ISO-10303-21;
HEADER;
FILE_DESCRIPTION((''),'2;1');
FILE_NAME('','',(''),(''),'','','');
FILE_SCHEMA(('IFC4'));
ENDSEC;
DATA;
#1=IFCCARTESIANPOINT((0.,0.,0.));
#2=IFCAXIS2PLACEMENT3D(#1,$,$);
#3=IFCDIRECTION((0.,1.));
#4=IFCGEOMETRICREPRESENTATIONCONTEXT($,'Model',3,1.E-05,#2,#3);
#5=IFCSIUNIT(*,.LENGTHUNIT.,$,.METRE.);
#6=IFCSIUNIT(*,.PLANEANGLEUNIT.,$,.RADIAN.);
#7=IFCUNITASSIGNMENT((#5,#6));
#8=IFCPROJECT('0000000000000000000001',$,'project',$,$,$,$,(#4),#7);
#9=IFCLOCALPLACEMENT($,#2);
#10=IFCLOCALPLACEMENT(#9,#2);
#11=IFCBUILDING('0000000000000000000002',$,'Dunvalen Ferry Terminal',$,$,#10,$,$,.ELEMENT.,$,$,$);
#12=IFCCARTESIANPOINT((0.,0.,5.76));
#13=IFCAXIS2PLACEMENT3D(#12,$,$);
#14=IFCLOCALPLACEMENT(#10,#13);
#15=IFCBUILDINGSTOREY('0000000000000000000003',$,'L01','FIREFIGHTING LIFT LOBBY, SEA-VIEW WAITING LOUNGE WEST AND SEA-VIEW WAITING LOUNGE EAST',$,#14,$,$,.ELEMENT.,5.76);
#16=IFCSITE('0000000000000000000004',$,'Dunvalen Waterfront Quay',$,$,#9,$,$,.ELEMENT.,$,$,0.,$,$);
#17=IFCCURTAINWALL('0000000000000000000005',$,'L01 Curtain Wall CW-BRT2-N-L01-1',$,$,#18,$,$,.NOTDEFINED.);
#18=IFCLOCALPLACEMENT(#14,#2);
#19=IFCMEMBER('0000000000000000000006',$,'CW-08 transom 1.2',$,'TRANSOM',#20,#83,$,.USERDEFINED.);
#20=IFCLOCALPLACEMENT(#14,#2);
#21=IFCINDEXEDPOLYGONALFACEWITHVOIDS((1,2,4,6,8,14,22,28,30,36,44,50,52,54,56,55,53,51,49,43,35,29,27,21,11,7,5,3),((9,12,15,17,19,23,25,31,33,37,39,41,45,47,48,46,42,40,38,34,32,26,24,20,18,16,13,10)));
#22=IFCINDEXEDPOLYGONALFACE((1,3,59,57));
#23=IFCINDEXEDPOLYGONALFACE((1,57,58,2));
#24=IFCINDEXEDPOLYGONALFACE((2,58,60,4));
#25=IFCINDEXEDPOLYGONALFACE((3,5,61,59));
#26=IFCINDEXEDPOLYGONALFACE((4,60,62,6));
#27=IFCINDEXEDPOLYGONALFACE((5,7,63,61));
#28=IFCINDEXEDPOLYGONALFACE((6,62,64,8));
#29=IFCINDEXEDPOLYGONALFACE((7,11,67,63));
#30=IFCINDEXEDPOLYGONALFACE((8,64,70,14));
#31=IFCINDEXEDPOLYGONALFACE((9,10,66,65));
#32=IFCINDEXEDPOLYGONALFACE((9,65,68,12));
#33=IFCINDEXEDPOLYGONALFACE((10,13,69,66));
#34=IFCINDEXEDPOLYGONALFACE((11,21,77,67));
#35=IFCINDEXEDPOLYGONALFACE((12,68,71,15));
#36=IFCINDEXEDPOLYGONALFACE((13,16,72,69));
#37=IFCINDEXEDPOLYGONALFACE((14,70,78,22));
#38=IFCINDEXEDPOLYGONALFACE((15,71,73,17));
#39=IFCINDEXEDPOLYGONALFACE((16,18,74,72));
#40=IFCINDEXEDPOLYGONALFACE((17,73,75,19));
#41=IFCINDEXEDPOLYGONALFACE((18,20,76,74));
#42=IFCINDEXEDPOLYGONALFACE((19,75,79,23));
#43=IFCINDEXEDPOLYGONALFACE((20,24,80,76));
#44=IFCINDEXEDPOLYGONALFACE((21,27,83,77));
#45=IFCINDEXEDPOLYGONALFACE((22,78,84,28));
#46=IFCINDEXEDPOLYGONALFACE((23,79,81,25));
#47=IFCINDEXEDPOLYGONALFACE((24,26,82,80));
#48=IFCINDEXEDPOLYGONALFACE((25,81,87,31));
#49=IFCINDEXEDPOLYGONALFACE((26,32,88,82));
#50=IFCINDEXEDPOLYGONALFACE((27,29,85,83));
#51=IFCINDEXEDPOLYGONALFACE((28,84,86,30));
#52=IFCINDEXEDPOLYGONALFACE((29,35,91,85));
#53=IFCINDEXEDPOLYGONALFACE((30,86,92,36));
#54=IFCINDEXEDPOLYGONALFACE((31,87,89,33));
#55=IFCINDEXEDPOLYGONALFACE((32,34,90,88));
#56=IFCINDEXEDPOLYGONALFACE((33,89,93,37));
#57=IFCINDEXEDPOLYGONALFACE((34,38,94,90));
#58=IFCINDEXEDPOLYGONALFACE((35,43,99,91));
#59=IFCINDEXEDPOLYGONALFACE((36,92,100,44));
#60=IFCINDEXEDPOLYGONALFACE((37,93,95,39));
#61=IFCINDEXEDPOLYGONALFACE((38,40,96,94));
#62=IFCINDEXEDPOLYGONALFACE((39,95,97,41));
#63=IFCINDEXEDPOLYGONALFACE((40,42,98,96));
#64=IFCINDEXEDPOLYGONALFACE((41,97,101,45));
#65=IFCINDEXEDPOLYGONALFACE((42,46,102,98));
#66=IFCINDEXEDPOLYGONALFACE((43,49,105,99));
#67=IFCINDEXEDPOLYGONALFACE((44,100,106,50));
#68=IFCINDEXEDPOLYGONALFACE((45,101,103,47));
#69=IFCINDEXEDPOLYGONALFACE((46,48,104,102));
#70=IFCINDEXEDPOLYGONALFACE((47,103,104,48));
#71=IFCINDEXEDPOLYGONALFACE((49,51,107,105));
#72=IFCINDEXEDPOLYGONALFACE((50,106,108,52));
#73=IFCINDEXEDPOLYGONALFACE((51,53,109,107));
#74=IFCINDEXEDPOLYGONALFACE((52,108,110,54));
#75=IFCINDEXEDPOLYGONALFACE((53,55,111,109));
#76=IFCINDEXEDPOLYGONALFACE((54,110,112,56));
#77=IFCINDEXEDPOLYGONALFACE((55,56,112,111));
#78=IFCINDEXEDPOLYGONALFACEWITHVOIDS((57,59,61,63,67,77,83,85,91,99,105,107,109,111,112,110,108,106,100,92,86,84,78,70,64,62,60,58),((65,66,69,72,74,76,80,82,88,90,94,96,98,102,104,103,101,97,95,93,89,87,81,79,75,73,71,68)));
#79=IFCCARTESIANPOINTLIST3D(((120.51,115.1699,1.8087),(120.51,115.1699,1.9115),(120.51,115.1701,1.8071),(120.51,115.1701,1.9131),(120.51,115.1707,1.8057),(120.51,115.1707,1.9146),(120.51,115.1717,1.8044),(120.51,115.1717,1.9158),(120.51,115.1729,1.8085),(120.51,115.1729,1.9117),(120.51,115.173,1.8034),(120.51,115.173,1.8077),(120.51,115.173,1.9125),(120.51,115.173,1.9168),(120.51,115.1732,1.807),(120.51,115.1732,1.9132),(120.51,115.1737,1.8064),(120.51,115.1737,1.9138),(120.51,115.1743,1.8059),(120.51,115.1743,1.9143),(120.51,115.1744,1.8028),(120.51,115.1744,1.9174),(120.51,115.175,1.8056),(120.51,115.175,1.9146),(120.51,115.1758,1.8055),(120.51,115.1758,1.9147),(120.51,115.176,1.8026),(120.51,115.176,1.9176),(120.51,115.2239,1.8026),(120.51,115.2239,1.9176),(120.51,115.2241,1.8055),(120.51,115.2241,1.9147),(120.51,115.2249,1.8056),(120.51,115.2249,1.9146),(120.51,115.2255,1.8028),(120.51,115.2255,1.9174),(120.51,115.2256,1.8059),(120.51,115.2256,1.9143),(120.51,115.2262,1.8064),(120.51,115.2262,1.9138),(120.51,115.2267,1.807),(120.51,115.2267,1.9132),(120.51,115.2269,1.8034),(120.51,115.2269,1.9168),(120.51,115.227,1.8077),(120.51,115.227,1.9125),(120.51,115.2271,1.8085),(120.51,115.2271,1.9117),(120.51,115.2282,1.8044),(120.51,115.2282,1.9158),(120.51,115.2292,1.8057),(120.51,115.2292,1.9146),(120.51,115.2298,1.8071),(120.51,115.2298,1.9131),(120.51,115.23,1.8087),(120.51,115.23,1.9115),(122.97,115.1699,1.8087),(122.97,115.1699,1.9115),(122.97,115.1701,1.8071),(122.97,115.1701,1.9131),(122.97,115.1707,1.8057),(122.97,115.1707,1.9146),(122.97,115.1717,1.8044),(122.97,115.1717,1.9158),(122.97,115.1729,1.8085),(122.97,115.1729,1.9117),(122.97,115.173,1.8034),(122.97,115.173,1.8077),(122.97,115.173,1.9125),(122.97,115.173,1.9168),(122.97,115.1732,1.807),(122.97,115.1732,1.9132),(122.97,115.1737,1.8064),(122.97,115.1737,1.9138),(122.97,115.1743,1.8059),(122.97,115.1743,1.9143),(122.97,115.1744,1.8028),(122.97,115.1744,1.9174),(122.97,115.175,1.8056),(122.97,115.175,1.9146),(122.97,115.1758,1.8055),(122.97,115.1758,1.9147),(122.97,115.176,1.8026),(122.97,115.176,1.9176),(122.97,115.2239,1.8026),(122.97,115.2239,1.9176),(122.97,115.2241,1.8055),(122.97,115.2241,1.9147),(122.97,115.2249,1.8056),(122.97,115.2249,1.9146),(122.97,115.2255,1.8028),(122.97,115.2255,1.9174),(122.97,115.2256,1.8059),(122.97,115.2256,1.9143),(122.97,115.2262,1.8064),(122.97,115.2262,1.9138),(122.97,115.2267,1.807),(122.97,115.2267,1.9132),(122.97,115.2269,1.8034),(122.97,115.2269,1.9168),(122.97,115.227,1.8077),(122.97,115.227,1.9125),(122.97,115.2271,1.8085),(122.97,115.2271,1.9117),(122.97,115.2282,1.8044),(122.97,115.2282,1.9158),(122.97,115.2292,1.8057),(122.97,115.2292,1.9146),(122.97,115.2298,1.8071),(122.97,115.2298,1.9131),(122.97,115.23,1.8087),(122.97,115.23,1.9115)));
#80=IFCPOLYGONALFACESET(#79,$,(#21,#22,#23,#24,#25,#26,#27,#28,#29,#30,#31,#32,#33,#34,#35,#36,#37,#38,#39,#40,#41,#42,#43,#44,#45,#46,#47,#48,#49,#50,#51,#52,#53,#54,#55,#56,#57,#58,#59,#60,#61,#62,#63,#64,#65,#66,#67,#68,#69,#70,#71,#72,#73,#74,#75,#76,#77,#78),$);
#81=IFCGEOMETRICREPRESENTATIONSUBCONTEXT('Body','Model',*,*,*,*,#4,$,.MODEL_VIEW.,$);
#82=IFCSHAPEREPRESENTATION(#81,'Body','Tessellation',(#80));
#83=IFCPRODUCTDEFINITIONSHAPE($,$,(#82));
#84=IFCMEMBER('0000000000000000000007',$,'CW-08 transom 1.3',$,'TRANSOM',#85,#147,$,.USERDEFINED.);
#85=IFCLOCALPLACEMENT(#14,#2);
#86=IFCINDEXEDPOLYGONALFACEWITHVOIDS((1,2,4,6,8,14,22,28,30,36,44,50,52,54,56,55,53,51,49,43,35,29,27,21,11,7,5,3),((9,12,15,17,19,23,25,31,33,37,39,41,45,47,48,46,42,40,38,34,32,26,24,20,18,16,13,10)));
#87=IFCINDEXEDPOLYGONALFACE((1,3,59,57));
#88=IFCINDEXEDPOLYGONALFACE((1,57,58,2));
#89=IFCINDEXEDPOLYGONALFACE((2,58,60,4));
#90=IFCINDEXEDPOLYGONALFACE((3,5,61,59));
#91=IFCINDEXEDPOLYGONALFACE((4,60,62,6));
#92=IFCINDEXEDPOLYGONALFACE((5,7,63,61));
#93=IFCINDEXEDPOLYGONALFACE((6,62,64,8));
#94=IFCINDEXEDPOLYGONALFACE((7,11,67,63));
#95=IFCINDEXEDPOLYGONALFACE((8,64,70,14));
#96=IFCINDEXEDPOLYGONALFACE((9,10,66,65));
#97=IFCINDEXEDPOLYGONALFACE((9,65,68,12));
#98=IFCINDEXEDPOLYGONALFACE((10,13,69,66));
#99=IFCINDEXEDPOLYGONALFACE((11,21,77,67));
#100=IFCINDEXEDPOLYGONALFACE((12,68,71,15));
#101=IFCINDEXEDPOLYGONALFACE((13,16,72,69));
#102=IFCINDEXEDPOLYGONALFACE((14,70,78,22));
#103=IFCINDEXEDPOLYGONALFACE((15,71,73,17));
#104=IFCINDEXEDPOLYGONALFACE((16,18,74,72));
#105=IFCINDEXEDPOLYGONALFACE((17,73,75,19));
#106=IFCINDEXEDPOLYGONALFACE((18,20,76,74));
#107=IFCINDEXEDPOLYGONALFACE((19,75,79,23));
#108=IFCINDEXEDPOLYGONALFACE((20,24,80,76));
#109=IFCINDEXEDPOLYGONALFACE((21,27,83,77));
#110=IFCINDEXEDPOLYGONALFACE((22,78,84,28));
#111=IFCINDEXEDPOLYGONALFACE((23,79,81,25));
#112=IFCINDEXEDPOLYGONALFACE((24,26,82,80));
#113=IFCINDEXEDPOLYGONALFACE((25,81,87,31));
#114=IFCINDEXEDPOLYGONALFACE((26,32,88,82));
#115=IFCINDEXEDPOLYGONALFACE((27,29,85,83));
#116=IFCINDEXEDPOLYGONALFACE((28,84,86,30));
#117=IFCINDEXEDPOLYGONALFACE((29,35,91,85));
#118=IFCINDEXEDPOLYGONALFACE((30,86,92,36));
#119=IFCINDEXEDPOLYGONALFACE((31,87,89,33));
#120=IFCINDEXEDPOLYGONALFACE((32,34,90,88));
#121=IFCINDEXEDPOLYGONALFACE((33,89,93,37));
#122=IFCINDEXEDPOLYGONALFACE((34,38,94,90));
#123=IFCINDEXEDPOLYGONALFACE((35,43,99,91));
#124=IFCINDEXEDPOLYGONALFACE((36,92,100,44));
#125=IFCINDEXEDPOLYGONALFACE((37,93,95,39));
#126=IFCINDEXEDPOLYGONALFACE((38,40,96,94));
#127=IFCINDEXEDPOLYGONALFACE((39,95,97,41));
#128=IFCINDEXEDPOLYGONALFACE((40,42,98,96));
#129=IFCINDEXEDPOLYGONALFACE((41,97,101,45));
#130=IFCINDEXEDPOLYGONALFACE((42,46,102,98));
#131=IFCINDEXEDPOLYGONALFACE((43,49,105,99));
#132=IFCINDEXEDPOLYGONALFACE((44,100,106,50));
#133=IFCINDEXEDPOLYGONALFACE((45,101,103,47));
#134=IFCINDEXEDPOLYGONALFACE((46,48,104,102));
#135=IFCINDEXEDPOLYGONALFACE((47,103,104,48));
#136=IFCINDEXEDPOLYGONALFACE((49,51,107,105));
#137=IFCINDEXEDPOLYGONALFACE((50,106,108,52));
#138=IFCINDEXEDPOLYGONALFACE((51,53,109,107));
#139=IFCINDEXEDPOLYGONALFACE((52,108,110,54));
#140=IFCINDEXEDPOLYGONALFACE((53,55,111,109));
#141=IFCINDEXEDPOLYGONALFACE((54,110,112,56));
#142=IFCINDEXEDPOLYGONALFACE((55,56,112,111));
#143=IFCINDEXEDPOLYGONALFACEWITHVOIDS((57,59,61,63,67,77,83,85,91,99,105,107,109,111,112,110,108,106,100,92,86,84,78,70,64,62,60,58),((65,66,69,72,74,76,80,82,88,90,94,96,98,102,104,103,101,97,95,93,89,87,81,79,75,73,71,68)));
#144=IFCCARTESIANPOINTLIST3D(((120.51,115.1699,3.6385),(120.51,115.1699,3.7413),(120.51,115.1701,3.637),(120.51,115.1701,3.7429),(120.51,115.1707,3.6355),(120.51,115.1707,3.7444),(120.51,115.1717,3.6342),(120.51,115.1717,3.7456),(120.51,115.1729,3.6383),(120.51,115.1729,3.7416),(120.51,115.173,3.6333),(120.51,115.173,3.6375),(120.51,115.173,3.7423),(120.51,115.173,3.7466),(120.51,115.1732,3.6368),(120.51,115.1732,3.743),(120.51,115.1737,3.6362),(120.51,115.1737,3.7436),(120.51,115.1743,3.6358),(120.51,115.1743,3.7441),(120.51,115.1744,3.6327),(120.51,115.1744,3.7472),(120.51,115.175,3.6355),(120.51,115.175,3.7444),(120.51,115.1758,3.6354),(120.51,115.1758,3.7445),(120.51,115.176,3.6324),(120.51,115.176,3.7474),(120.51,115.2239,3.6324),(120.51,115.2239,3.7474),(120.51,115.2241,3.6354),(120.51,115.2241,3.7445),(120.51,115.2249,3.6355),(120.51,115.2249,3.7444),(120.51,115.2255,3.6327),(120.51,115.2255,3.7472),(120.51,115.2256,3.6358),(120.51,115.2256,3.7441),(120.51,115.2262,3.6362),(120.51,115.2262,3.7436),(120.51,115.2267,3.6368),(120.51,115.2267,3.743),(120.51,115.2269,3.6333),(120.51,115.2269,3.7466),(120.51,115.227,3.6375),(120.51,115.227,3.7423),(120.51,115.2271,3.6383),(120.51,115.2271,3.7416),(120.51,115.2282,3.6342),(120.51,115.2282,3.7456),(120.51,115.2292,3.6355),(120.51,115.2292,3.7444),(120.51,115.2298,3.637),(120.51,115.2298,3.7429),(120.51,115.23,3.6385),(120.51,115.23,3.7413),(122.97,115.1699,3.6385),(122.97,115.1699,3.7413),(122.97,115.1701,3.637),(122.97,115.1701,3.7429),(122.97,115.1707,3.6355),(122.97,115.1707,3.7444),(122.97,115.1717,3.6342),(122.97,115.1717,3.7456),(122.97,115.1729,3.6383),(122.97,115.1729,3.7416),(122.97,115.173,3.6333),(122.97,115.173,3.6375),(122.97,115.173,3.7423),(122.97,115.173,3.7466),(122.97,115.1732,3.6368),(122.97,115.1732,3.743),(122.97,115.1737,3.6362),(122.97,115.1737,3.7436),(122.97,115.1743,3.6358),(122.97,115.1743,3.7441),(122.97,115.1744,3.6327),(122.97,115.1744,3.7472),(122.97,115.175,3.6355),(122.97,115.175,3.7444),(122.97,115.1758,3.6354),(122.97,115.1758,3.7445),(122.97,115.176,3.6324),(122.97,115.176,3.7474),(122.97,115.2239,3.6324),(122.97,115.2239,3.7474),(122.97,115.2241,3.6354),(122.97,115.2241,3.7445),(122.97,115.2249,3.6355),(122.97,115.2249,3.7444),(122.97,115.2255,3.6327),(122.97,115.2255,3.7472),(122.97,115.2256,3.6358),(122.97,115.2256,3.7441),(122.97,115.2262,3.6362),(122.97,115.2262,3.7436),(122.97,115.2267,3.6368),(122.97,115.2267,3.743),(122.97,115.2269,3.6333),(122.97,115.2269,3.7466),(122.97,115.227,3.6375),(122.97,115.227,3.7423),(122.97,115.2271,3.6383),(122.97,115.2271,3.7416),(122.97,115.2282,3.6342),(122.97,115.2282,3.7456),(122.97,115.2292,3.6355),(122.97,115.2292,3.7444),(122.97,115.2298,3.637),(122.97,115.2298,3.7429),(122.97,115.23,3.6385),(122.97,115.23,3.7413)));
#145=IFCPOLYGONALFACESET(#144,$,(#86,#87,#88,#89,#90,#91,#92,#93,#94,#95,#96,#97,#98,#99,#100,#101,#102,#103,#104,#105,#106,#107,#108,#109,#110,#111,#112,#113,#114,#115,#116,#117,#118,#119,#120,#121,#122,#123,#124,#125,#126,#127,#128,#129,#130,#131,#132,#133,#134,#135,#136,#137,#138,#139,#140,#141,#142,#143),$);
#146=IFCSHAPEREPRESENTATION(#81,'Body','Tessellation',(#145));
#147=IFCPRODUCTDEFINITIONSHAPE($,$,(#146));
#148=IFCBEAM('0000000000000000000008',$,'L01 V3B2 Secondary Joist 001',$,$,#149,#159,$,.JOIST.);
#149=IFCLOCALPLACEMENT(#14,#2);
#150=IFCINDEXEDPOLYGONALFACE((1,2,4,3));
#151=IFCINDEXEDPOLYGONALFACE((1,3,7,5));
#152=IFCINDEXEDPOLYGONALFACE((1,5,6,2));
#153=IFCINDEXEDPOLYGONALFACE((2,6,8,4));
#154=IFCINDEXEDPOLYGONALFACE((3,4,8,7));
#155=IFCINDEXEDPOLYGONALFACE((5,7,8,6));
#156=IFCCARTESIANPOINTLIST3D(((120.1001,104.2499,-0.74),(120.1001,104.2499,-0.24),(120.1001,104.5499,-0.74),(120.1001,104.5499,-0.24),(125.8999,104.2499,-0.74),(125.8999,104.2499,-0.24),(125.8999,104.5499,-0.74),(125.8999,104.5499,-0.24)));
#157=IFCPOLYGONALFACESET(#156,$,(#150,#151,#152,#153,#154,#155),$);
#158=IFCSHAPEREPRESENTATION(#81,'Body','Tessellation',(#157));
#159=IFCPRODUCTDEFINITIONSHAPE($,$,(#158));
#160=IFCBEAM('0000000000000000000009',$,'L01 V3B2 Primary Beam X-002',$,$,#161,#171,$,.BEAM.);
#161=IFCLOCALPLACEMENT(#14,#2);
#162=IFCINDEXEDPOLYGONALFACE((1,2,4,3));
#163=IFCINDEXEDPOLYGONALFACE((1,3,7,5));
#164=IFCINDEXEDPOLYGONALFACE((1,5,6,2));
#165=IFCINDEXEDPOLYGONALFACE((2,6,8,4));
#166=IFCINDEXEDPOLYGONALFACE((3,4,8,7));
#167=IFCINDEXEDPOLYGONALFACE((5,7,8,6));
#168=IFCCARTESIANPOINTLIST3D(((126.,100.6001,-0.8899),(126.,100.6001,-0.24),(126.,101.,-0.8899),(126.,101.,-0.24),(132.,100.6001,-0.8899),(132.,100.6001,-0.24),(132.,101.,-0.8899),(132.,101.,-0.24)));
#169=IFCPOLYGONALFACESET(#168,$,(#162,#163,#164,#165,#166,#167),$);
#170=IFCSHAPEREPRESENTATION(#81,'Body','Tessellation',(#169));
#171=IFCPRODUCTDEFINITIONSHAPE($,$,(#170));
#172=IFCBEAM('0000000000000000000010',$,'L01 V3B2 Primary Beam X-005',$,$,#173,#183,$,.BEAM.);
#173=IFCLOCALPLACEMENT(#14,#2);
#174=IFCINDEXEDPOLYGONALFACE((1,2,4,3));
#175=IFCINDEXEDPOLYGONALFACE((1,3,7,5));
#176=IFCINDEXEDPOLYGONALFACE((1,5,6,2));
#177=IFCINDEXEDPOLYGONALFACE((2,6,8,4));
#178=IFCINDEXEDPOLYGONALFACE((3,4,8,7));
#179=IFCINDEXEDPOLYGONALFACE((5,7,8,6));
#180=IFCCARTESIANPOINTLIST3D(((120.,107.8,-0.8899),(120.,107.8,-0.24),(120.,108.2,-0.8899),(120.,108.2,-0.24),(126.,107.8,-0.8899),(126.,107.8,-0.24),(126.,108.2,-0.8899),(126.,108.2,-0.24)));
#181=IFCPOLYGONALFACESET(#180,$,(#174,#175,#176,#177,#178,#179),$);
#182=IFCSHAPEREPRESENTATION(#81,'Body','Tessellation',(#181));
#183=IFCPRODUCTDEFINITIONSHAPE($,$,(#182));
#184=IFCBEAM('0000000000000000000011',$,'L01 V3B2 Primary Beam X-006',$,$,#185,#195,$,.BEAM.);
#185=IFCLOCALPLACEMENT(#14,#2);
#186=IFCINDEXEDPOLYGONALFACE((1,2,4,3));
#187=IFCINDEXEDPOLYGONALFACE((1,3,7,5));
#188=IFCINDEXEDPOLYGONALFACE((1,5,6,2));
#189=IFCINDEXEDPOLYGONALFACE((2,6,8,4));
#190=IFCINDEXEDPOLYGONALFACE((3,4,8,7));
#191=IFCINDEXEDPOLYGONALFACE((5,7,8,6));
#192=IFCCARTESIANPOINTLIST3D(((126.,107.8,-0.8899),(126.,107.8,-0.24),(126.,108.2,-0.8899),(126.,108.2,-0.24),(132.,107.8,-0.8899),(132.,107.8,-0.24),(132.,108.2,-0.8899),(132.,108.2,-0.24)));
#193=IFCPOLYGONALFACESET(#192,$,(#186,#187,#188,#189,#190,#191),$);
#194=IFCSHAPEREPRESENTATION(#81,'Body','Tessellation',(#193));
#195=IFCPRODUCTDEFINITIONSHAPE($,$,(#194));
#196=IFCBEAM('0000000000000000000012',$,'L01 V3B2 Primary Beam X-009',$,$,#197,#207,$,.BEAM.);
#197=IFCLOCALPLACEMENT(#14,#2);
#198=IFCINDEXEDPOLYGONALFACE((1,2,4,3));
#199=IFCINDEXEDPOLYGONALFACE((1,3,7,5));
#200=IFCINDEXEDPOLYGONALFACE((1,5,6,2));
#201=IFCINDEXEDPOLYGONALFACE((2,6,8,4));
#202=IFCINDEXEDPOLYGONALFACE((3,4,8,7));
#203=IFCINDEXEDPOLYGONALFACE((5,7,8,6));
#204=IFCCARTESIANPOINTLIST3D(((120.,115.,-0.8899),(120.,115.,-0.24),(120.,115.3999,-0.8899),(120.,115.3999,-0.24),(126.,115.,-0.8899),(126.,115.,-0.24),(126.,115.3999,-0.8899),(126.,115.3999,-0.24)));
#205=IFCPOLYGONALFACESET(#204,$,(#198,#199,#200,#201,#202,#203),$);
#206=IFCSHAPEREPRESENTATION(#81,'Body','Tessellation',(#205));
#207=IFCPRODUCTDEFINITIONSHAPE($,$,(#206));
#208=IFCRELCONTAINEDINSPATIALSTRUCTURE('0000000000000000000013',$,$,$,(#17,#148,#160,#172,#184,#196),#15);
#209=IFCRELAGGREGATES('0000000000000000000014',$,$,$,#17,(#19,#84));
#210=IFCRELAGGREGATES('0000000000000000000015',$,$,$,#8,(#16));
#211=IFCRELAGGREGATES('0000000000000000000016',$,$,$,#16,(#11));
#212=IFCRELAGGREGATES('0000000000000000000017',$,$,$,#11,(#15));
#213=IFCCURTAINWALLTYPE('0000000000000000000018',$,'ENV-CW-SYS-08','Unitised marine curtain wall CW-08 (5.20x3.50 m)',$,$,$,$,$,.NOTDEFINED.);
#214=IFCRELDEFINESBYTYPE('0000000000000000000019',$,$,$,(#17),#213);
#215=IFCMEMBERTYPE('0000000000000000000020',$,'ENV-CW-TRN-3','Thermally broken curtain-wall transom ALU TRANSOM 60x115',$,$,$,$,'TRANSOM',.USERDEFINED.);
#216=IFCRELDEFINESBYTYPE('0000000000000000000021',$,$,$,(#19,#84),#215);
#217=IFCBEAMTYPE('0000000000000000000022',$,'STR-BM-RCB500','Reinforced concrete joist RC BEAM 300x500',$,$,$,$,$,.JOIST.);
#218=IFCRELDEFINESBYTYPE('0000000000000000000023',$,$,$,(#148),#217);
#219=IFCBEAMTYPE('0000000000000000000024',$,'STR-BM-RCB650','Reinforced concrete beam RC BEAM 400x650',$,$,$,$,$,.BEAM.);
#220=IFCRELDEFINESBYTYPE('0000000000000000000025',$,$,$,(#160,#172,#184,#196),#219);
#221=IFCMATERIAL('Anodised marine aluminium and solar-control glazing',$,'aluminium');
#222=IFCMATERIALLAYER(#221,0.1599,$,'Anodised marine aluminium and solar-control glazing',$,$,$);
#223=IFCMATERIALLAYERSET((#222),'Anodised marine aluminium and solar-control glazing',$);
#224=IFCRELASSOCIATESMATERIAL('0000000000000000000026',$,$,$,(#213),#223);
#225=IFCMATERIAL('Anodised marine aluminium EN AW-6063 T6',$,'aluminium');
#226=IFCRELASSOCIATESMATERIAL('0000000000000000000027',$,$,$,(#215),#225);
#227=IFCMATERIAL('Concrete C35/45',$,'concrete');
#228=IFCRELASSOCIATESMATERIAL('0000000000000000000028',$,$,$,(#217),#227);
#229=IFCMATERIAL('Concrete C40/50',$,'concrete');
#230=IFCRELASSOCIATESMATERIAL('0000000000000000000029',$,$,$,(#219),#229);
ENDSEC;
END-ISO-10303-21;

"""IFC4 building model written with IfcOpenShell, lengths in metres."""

from ifc_helpers import new_model, si_unit, direction, frame, origin, origin_2d, place, context, subcontext, project, spatial, rectangle, hollow_rectangle, extrude, material, layer, layer_set, material_profile, profile_set, type_object, element, aggregate, save


model = new_model("IFC4")

# Units and contexts
model_context = context("Model", 3, precision=1e-05, world=origin(), true_north=direction((0.0, 1.0)))
body_context = subcontext(model_context, "Body", "Model", "MODEL_VIEW")
ifc_project = project(units=[si_unit("LENGTHUNIT", "METRE"), si_unit("PLANEANGLEUNIT", "RADIAN")], contexts=[model_context])

# Site, building, storey
site_placement = place(None, origin())
site = spatial("IfcSite", under=ifc_project, at=site_placement, Name="Dunvalen Waterfront Quay", CompositionType="ELEMENT", RefElevation=0.0)
building_placement = place(site_placement, origin())
building = spatial("IfcBuilding", under=site, at=building_placement, Name="Dunvalen Ferry Terminal", CompositionType="ELEMENT")
storey_placement = place(building_placement, frame((0.0, 0.0, 5.76)))
storey = spatial("IfcBuildingStorey", under=building, at=storey_placement, Name="L01", Description="FIREFIGHTING LIFT LOBBY, SEA-VIEW WAITING LOUNGE WEST AND SEA-VIEW WAITING LOUNGE EAST", CompositionType="ELEMENT", Elevation=5.76)

# Shared definitions
ifc_material_1 = material(Name="Concrete C35/45", Category="concrete")

# Curtain wall, members
ifc_material_2 = material(Name="Anodised marine aluminium and solar-control glazing", Category="aluminium")
ifc_layer_1 = layer(ifc_material_2, 0.1599, Name="Anodised marine aluminium and solar-control glazing")
ifc_layer_set_1 = layer_set([ifc_layer_1], Name="Anodised marine aluminium and solar-control glazing")
curtain_wall_type = type_object("IfcCurtainWallType", Name="ENV-CW-SYS-08", Description="Unitised marine curtain wall CW-08 (5.20x3.50 m)", PredefinedType="NOTDEFINED", material=ifc_layer_set_1)
curtain_wall_placement = place(storey_placement, origin())
curtain_wall = element("IfcCurtainWall", 1, at=curtain_wall_placement, inside=storey, type_object=curtain_wall_type, Name="L01 Curtain Wall CW-BRT2-N-L01-1", PredefinedType="NOTDEFINED")
ifc_material_3 = material(Name="Anodised marine aluminium EN AW-6063 T6", Category="aluminium")
ifc_material_profile_1 = material_profile(ifc_material_3, hollow_rectangle(XDim=0.0601, YDim=0.115, WallThickness=0.0029, InnerFilletRadius=0.0029, OuterFilletRadius=0.0061, at=origin_2d()), Name="Anodised marine aluminium EN AW-6063 T6")
ifc_profile_set_1 = profile_set([ifc_material_profile_1], Name="Anodised marine aluminium EN AW-6063 T6")
member_type_1 = type_object("IfcMemberType", Name="ENV-CW-TRN-3", Description="Thermally broken curtain-wall transom ALU TRANSOM 60x115", ElementType="TRANSOM", PredefinedType="USERDEFINED", material=ifc_profile_set_1)
member_1_placement = place(storey_placement, frame((120.51, 115.2, 1.8601), z_axis=(1.0, 0.0, 0.0), x_axis=(0.0, 1.0, 0.0)))
member_1 = element("IfcMember", 2, at=member_1_placement, type_object=member_type_1, Name="CW-08 transom 1.2", ObjectType="TRANSOM", PredefinedType="USERDEFINED", context=body_context, shape_type="SweptSolid", body=[
    extrude(hollow_rectangle(XDim=0.0601, YDim=0.115, WallThickness=0.0029, InnerFilletRadius=0.0029, OuterFilletRadius=0.0061, at=origin_2d()), origin(), (0.0, 0.0, 1.0), 2.46),
])
member_2_placement = place(storey_placement, frame((120.51, 115.2, 3.6899), z_axis=(1.0, 0.0, 0.0), x_axis=(0.0, 1.0, 0.0)))
member_2 = element("IfcMember", 3, at=member_2_placement, type_object=member_type_1, Name="CW-08 transom 1.3", ObjectType="TRANSOM", PredefinedType="USERDEFINED", context=body_context, shape_type="SweptSolid", body=[
    extrude(hollow_rectangle(XDim=0.0601, YDim=0.115, WallThickness=0.0029, InnerFilletRadius=0.0029, OuterFilletRadius=0.0061, at=origin_2d()), origin(), (0.0, 0.0, 1.0), 2.46),
])

# Beams
ifc_material_profile_2 = material_profile(ifc_material_1, rectangle(XDim=0.3, YDim=0.5, at=origin_2d()), Name="Concrete C35/45")
ifc_profile_set_2 = profile_set([ifc_material_profile_2], Name="Concrete C35/45")
beam_type_1 = type_object("IfcBeamType", Name="STR-BM-RCB500", Description="Reinforced concrete joist RC BEAM 300x500", PredefinedType="JOIST", material=ifc_profile_set_2)
beam_placement = place(storey_placement, frame((120.1001, 104.3999, -0.49), z_axis=(1.0, 0.0, 0.0), x_axis=(0.0, 1.0, 0.0)))
element("IfcBeam", 4, at=beam_placement, inside=storey, type_object=beam_type_1, Name="L01 V3B2 Secondary Joist 001", PredefinedType="JOIST", context=body_context, shape_type="SweptSolid", body=[
    extrude(rectangle(XDim=0.3, YDim=0.5, at=origin_2d()), origin(), (0.0, 0.0, 1.0), 5.7998),
])
ifc_material_4 = material(Name="Concrete C40/50", Category="concrete")
ifc_material_profile_3 = material_profile(ifc_material_4, rectangle(XDim=0.3999, YDim=0.6499, at=origin_2d()), Name="Concrete C40/50")
ifc_profile_set_3 = profile_set([ifc_material_profile_3], Name="Concrete C40/50")
beam_type_2 = type_object("IfcBeamType", Name="STR-BM-RCB650", Description="Reinforced concrete beam RC BEAM 400x650", PredefinedType="BEAM", material=ifc_profile_set_3)
for number, where, z_axis, x_axis, name in (
    (5, (126.0, 100.8, -0.5649), (1.0, 0.0, 0.0), (0.0, 1.0, 0.0), "L01 V3B2 Primary Beam X-002"),
    (6, (120.0, 108.0, -0.5649), (1.0, 0.0, 0.0), (0.0, 1.0, 0.0), "L01 V3B2 Primary Beam X-005"),
    (7, (126.0, 108.0, -0.5649), (1.0, 0.0, 0.0), (0.0, 1.0, 0.0), "L01 V3B2 Primary Beam X-006"),
    (8, (120.0, 115.2, -0.5649), (1.0, 0.0, 0.0), (0.0, 1.0, 0.0), "L01 V3B2 Primary Beam X-009"),
):
    element("IfcBeam", number, at=place(storey_placement, frame(where, z_axis=z_axis, x_axis=x_axis)), inside=storey, type_object=beam_type_2, Name=name, PredefinedType="BEAM", context=body_context, shape_type="SweptSolid", body=[
        extrude(rectangle(XDim=0.3999, YDim=0.6499, at=origin_2d()), origin(), (0.0, 0.0, 1.0), 6.0),
    ])

aggregate(curtain_wall, [member_1, member_2])

save(model, "model.ifc")
